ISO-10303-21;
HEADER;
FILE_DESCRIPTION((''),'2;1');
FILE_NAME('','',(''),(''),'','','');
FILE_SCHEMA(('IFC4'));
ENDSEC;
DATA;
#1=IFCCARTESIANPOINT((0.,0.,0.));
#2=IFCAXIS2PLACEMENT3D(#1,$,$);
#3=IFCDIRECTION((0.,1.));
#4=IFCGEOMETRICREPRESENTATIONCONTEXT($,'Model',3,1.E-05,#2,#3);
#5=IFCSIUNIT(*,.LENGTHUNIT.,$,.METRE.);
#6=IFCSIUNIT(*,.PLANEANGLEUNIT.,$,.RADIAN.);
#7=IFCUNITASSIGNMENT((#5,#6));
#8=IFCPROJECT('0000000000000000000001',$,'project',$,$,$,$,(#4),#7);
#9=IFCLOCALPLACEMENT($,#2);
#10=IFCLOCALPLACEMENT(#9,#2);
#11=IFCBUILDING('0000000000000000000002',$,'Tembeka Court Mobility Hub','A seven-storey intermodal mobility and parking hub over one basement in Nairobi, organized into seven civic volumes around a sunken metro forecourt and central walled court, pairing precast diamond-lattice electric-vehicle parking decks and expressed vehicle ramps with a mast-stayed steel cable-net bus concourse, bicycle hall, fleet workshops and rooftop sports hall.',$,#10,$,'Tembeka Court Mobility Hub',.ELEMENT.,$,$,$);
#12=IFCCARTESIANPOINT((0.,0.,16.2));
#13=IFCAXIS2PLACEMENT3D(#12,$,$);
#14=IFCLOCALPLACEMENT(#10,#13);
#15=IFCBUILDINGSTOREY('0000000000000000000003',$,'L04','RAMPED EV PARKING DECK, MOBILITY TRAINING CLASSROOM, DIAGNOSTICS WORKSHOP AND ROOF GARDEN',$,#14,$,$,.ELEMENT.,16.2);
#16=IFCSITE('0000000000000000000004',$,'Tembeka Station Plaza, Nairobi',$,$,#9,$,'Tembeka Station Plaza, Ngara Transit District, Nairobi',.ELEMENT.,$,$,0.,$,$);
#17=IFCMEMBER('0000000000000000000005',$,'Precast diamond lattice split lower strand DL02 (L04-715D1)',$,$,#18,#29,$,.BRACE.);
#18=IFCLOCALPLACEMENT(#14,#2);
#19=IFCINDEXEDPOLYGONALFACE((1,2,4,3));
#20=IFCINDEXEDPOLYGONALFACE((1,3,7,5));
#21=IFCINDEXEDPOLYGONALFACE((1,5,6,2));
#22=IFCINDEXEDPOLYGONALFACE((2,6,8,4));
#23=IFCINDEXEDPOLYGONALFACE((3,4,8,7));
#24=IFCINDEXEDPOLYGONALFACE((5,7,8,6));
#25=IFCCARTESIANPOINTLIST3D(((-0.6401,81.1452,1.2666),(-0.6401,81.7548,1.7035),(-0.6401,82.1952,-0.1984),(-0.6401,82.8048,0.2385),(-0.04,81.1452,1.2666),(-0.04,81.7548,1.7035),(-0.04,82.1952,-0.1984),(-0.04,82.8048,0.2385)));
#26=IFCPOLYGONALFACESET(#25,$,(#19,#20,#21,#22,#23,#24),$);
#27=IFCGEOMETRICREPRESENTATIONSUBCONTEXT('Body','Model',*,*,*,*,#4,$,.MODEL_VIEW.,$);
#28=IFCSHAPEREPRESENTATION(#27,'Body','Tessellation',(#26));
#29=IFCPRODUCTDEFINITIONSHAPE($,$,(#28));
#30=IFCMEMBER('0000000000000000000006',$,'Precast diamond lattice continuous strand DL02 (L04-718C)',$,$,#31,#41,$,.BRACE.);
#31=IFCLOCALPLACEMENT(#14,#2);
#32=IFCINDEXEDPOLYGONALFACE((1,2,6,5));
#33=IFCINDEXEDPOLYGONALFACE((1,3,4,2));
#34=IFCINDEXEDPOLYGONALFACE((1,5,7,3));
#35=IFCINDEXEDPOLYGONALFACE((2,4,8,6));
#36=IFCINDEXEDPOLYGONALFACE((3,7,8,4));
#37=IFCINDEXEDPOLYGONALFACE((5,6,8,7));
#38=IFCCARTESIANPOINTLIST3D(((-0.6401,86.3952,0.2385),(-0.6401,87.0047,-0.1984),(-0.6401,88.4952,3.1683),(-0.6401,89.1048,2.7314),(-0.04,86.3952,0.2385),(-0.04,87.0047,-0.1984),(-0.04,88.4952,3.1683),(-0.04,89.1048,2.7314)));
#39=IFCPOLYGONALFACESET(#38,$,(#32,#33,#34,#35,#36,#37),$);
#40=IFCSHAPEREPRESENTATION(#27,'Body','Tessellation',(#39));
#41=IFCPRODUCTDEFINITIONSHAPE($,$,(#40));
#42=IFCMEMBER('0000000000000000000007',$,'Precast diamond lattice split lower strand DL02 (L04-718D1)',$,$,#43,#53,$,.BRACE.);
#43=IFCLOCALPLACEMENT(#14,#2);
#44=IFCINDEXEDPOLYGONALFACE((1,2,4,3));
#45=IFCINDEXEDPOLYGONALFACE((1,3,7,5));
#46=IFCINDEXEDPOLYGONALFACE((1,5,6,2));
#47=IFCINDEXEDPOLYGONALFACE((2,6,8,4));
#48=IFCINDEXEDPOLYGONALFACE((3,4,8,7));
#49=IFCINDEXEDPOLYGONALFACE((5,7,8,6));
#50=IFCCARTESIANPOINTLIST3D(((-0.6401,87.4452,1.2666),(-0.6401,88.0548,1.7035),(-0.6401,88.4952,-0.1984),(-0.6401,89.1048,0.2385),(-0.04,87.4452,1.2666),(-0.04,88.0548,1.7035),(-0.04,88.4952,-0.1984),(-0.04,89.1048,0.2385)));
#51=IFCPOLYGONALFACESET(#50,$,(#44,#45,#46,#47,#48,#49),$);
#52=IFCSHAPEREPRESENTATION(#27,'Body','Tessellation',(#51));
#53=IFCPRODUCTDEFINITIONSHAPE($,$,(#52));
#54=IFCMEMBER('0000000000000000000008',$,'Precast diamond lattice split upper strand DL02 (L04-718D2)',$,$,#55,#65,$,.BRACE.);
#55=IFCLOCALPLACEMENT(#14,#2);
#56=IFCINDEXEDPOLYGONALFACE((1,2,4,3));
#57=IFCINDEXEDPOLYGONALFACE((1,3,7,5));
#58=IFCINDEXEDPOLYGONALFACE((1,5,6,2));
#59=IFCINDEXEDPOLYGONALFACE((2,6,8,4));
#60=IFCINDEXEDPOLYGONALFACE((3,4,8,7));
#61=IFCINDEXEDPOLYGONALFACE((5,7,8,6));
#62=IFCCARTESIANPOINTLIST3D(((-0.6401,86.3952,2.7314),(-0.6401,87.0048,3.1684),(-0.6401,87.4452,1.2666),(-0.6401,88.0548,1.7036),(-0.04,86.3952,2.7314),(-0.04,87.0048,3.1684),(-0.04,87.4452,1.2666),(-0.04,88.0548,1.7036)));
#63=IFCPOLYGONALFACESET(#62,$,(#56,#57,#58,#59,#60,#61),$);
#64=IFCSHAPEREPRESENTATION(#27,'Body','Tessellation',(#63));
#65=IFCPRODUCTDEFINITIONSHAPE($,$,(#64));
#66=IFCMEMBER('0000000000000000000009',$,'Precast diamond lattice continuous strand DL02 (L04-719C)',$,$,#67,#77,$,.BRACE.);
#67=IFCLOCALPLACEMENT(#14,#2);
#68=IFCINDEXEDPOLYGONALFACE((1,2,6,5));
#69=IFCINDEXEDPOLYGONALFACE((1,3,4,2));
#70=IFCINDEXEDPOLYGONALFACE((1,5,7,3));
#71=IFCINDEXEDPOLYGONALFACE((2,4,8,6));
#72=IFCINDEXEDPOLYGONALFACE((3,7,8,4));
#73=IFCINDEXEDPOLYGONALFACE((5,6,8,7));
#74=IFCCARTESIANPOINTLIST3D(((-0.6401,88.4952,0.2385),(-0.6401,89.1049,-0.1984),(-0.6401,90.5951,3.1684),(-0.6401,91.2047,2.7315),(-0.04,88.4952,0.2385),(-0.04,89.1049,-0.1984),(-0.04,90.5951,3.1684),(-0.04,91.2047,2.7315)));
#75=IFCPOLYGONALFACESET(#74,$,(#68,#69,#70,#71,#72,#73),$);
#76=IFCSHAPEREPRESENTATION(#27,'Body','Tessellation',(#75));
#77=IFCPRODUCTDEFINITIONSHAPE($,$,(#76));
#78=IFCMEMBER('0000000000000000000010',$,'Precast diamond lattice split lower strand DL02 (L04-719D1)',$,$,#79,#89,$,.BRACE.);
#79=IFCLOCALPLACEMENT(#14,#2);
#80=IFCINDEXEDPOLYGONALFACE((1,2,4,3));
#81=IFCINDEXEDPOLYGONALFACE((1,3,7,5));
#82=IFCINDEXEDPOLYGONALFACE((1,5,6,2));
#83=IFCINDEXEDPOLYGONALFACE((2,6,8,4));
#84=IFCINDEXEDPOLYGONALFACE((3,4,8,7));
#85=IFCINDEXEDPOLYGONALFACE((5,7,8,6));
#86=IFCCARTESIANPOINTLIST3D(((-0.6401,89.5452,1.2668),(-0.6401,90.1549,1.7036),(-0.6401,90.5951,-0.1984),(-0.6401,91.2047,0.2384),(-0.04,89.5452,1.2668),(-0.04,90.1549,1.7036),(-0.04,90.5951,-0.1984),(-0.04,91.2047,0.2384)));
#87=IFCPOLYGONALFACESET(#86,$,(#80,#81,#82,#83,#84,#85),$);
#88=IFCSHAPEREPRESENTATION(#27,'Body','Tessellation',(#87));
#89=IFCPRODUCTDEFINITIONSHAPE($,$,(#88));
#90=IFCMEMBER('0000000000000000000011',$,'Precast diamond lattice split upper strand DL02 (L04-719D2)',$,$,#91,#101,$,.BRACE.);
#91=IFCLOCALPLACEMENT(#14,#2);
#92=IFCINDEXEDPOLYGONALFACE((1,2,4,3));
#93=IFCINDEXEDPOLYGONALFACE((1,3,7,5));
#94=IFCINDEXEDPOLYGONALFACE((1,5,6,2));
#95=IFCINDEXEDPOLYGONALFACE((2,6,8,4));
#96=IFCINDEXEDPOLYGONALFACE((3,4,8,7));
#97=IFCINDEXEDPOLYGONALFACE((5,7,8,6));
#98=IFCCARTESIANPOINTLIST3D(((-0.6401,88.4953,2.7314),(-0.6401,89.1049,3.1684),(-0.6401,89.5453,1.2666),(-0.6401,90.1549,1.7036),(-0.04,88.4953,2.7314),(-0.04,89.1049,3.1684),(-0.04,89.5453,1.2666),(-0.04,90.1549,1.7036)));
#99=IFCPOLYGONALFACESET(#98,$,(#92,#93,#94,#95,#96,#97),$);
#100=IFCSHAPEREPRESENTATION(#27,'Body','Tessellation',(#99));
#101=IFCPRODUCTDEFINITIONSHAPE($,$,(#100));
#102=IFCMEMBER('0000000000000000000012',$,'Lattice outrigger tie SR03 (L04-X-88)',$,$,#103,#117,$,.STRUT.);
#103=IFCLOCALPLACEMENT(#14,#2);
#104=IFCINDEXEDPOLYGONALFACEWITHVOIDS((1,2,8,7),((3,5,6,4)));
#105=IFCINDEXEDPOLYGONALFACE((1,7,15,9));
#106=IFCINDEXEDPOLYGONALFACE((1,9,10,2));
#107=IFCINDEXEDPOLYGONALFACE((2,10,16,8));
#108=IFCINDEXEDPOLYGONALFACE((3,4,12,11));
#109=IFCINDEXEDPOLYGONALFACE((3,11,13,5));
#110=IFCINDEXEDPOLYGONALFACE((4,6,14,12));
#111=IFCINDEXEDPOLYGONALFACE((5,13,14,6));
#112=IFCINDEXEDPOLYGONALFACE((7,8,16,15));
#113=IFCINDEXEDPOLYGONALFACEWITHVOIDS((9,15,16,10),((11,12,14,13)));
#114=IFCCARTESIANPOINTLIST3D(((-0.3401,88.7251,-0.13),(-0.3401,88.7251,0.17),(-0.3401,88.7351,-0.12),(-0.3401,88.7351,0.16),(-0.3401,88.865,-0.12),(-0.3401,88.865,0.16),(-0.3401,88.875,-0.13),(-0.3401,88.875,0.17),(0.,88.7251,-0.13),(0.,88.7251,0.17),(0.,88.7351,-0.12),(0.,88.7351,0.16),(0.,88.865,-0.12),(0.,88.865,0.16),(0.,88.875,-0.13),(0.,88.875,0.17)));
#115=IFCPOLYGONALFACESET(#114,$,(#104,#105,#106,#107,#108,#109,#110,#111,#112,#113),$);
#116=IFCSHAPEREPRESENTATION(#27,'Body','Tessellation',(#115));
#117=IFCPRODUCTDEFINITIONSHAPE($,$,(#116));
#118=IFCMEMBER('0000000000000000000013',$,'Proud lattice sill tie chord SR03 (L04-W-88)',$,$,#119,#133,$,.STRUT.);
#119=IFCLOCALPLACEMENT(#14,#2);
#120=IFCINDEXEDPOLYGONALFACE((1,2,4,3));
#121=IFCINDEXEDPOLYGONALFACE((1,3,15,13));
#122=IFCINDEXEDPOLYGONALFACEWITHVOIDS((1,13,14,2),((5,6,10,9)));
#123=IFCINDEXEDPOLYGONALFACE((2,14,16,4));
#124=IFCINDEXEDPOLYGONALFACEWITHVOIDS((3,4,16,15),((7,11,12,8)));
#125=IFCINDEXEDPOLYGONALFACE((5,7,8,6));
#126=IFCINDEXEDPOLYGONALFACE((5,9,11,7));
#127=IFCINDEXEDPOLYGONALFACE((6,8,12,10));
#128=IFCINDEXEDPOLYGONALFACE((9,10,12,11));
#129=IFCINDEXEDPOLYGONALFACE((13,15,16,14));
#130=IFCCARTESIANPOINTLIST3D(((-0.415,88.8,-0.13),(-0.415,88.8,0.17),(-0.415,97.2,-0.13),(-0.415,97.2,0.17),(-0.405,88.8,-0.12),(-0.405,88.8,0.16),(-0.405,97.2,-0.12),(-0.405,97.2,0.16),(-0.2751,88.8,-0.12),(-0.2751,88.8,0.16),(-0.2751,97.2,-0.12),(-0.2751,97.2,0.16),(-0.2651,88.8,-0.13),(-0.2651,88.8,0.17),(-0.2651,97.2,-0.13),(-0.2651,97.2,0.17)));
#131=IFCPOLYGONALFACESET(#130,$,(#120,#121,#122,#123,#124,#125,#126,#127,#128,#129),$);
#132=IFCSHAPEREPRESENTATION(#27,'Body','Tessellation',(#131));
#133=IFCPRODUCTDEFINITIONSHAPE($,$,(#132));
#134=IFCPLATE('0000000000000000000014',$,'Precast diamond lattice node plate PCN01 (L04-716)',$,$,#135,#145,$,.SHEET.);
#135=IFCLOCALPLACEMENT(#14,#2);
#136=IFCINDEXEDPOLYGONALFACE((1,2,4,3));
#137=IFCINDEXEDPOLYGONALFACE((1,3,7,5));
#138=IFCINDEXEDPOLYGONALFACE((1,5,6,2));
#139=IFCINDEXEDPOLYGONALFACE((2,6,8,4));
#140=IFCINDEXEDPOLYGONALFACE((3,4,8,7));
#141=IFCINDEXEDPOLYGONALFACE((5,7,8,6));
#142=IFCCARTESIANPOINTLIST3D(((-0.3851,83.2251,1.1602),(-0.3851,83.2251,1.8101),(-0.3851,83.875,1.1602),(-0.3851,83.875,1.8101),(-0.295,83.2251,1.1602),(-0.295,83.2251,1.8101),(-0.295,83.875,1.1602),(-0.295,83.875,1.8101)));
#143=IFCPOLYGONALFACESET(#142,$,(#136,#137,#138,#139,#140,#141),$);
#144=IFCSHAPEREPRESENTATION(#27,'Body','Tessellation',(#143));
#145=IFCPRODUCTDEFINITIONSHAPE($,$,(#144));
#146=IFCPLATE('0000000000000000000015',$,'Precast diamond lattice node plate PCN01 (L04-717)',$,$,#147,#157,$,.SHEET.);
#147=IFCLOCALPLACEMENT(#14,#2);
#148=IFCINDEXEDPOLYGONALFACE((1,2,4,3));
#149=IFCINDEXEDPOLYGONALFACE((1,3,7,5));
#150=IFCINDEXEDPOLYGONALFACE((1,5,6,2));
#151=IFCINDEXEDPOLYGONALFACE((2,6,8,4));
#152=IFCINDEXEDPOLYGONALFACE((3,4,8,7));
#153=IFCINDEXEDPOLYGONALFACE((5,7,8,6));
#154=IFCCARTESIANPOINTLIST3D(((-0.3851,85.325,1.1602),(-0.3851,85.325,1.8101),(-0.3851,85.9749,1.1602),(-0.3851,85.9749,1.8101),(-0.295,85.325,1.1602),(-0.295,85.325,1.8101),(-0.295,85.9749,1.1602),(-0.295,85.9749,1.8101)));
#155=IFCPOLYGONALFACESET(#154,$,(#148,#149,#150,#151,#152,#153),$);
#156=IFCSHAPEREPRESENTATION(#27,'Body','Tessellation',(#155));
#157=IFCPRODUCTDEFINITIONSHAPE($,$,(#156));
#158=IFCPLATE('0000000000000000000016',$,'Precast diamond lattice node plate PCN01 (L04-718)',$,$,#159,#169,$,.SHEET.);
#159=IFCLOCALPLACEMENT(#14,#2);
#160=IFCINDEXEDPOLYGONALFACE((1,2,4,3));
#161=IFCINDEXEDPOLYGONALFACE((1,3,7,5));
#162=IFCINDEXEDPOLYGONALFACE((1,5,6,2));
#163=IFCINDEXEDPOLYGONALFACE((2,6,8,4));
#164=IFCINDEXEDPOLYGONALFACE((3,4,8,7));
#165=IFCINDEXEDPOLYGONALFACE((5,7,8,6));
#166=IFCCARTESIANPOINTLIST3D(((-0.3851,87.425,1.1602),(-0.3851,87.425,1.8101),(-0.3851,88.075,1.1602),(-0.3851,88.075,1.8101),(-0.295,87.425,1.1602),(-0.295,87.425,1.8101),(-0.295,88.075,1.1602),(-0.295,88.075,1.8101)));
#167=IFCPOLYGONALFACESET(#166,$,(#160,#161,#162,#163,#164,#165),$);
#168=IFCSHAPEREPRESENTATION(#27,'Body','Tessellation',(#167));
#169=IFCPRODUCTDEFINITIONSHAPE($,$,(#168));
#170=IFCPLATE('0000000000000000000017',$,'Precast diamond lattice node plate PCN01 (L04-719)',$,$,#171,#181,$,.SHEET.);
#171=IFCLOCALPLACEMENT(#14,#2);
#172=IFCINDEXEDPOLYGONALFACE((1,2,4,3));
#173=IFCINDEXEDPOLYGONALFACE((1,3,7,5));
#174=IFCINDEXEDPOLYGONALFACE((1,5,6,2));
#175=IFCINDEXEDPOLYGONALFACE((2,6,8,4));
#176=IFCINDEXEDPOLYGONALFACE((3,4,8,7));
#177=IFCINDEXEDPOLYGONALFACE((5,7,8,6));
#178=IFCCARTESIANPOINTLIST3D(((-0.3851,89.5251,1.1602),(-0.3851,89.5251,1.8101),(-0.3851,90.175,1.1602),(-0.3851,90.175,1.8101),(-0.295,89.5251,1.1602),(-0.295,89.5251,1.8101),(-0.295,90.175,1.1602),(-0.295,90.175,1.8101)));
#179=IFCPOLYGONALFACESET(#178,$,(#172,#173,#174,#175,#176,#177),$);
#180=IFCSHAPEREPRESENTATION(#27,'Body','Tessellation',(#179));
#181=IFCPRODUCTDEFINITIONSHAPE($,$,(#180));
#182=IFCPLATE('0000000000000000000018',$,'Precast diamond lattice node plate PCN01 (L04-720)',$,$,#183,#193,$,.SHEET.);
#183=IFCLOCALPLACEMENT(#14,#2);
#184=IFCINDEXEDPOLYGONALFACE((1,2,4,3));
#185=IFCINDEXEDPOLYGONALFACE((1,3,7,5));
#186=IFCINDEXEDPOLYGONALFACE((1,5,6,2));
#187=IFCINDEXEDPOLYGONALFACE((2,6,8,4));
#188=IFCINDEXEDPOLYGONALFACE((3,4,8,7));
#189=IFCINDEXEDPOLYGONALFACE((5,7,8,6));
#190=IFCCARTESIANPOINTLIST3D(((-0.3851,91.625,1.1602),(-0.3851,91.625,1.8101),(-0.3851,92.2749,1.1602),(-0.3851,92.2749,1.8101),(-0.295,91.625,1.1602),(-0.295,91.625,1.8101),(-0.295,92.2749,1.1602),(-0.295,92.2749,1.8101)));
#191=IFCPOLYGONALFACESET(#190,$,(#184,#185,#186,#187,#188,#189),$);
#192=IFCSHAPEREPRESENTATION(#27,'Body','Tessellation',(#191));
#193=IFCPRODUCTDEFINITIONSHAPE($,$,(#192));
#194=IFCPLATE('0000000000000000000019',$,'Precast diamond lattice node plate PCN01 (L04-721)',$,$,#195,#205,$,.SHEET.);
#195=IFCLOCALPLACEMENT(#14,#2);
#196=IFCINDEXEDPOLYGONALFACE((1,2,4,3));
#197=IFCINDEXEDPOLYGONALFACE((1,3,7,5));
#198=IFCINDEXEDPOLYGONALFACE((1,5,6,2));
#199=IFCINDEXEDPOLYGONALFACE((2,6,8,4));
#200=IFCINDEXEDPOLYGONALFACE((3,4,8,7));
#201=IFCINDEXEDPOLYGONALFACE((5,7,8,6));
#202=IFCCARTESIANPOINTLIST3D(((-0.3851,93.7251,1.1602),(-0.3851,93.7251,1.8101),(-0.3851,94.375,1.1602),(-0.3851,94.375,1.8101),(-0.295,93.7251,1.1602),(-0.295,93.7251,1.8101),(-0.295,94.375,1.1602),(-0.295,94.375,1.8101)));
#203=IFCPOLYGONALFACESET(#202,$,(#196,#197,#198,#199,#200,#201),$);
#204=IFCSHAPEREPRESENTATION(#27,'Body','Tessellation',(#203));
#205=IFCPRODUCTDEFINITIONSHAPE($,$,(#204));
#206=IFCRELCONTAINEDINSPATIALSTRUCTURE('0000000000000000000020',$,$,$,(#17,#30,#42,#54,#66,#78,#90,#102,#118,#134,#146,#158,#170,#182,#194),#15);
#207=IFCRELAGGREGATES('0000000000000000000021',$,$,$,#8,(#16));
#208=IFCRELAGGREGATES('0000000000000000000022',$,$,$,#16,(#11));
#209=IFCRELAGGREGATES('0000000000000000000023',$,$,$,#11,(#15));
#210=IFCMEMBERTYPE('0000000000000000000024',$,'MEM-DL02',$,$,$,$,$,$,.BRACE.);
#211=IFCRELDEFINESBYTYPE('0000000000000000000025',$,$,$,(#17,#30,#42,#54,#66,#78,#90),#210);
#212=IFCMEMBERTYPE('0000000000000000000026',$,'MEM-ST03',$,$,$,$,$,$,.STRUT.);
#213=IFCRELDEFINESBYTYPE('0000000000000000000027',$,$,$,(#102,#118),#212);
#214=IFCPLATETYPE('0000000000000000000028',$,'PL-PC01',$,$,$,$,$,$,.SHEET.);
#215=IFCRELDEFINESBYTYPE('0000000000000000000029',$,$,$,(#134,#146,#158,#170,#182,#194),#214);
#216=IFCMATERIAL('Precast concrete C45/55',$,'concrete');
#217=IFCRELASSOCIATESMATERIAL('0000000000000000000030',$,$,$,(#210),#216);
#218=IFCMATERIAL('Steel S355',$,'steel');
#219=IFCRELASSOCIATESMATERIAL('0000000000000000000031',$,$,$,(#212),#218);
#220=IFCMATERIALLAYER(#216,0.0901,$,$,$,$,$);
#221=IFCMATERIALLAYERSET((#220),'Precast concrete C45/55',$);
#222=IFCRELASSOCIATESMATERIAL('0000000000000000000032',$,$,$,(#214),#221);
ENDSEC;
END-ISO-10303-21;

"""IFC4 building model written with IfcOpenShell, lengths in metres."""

from ifc_helpers import new_model, si_unit, direction, frame, origin, origin_2d, place, context, subcontext, project, spatial, rectangle, hollow_rectangle, extrude, material, layer, layer_set, material_profile, profile_set, type_object, element, save


model = new_model("IFC4")

# Units and contexts
model_context = context("Model", 3, precision=1e-05, world=origin(), true_north=direction((0.0, 1.0)))
body_context = subcontext(model_context, "Body", "Model", "MODEL_VIEW")
ifc_project = project(units=[si_unit("LENGTHUNIT", "METRE"), si_unit("PLANEANGLEUNIT", "RADIAN")], contexts=[model_context])

# Site, building, storey
site_placement = place(None, origin())
site = spatial("IfcSite", under=ifc_project, at=site_placement, Name="Tembeka Station Plaza, Nairobi", LongName="Tembeka Station Plaza, Ngara Transit District, Nairobi", CompositionType="ELEMENT", RefElevation=0.0)
building_placement = place(site_placement, origin())
building = spatial("IfcBuilding", under=site, at=building_placement, Name="Tembeka Court Mobility Hub", Description="A seven-storey intermodal mobility and parking hub over one basement in Nairobi, organized into seven civic volumes around a sunken metro forecourt and central walled court, pairing precast diamond-lattice electric-vehicle parking decks and expressed vehicle ramps with a mast-stayed steel cable-net bus concourse, bicycle hall, fleet workshops and rooftop sports hall.", LongName="Tembeka Court Mobility Hub", CompositionType="ELEMENT")
storey_placement = place(building_placement, frame((0.0, 0.0, 16.2)))
storey = spatial("IfcBuildingStorey", under=building, at=storey_placement, Name="L04", Description="RAMPED EV PARKING DECK, MOBILITY TRAINING CLASSROOM, DIAGNOSTICS WORKSHOP AND ROOF GARDEN", CompositionType="ELEMENT", Elevation=16.2)

# Shared definitions
ifc_material_1 = material(Name="Steel S355", Category="steel")

# Members
ifc_material_2 = material(Name="Precast concrete C45/55", Category="concrete")
ifc_material_profile_1 = material_profile(ifc_material_2, rectangle(XDim=0.6001, YDim=0.75, at=origin_2d()), Name="PC-DIAG 600x750")
ifc_profile_set_1 = profile_set([ifc_material_profile_1], Name="Precast concrete C45/55")
member_type_1 = type_object("IfcMemberType", Name="MEM-DL02", PredefinedType="BRACE", material=ifc_profile_set_1)
member_1_placement = place(storey_placement, frame((-0.3401, 82.5, 0.02), z_axis=(0.0, -0.582544, 0.812799), x_axis=(1.0, 0.0, 0.0)))
element("IfcMember", 1, at=member_1_placement, inside=storey, type_object=member_type_1, Name="Precast diamond lattice split lower strand DL02 (L04-715D1)", PredefinedType="BRACE", context=body_context, shape_type="SweptSolid", body=[
    extrude(rectangle(XDim=0.6001, YDim=0.75, at=origin_2d()), origin(), (0.0, 0.0, 1.0), 1.8025),
])
member_2_placement = place(storey_placement, frame((-0.3401, 86.7, 0.02), z_axis=(0.0, 0.582576, 0.812776), x_axis=(-1.0, 0.0, 0.0)))
element("IfcMember", 2, at=member_2_placement, inside=storey, type_object=member_type_1, Name="Precast diamond lattice continuous strand DL02 (L04-718C)", PredefinedType="BRACE", context=body_context, shape_type="SweptSolid", body=[
    extrude(rectangle(XDim=0.6001, YDim=0.75, at=origin_2d()), origin(), (0.0, 0.0, 1.0), 3.6047),
])
member_3_placement = place(storey_placement, frame((-0.3401, 88.8, 0.02), z_axis=(0.0, -0.582544, 0.812799), x_axis=(1.0, 0.0, 0.0)))
element("IfcMember", 3, at=member_3_placement, inside=storey, type_object=member_type_1, Name="Precast diamond lattice split lower strand DL02 (L04-718D1)", PredefinedType="BRACE", context=body_context, shape_type="SweptSolid", body=[
    extrude(rectangle(XDim=0.6001, YDim=0.75, at=origin_2d()), origin(), (0.0, 0.0, 1.0), 1.8025),
])
member_4_placement = place(storey_placement, frame((-0.3401, 87.75, 1.4851), z_axis=(0.0, -0.582608, 0.812753), x_axis=(1.0, 0.0, 0.0)))
element("IfcMember", 4, at=member_4_placement, inside=storey, type_object=member_type_1, Name="Precast diamond lattice split upper strand DL02 (L04-718D2)", PredefinedType="BRACE", context=body_context, shape_type="SweptSolid", body=[
    extrude(rectangle(XDim=0.6001, YDim=0.75, at=origin_2d()), origin(), (0.0, 0.0, 1.0), 1.8022),
])
member_5_placement = place(storey_placement, frame((-0.3401, 88.8, 0.02), z_axis=(0.0, 0.582532, 0.812808), x_axis=(-1.0, 0.0, 0.0)))
element("IfcMember", 5, at=member_5_placement, inside=storey, type_object=member_type_1, Name="Precast diamond lattice continuous strand DL02 (L04-719C)", PredefinedType="BRACE", context=body_context, shape_type="SweptSolid", body=[
    extrude(rectangle(XDim=0.6001, YDim=0.75, at=origin_2d()), origin(), (0.0, 0.0, 1.0), 3.6047),
])
member_6_placement = place(storey_placement, frame((-0.3401, 90.8999, 0.02), z_axis=(0.0, -0.582455, 0.812863), x_axis=(1.0, 0.0, 0.0)))
element("IfcMember", 6, at=member_6_placement, inside=storey, type_object=member_type_1, Name="Precast diamond lattice split lower strand DL02 (L04-719D1)", PredefinedType="BRACE", context=body_context, shape_type="SweptSolid", body=[
    extrude(rectangle(XDim=0.6001, YDim=0.75, at=origin_2d()), origin(), (0.0, 0.0, 1.0), 1.8025),
])
member_7_placement = place(storey_placement, frame((-0.3401, 89.8501, 1.4851), z_axis=(0.0, -0.582608, 0.812753), x_axis=(1.0, 0.0, 0.0)))
element("IfcMember", 7, at=member_7_placement, inside=storey, type_object=member_type_1, Name="Precast diamond lattice split upper strand DL02 (L04-719D2)", PredefinedType="BRACE", context=body_context, shape_type="SweptSolid", body=[
    extrude(rectangle(XDim=0.6001, YDim=0.75, at=origin_2d()), origin(), (0.0, 0.0, 1.0), 1.8022),
])
ifc_material_profile_2 = material_profile(ifc_material_1, hollow_rectangle(XDim=0.1499, YDim=0.3, WallThickness=0.01, at=origin_2d()), Name="RHS 300x150x10")
ifc_profile_set_2 = profile_set([ifc_material_profile_2], Name="Steel S355")
member_type_2 = type_object("IfcMemberType", Name="MEM-ST03", PredefinedType="STRUT", material=ifc_profile_set_2)
member_8_placement = place(storey_placement, frame((0.0, 88.8, 0.02), z_axis=(-1.0, 0.0, 0.0), x_axis=(0.0, -1.0, 0.0)))
element("IfcMember", 8, at=member_8_placement, inside=storey, type_object=member_type_2, Name="Lattice outrigger tie SR03 (L04-X-88)", PredefinedType="STRUT", context=body_context, shape_type="SweptSolid", body=[
    extrude(hollow_rectangle(XDim=0.1499, YDim=0.3, WallThickness=0.01, at=origin_2d()), origin(), (0.0, 0.0, 1.0), 0.3401),
])
member_9_placement = place(storey_placement, frame((-0.3401, 88.8, 0.02), z_axis=(0.0, 1.0, 0.0), x_axis=(-1.0, 0.0, 0.0)))
element("IfcMember", 9, at=member_9_placement, inside=storey, type_object=member_type_2, Name="Proud lattice sill tie chord SR03 (L04-W-88)", PredefinedType="STRUT", context=body_context, shape_type="SweptSolid", body=[
    extrude(hollow_rectangle(XDim=0.1499, YDim=0.3, WallThickness=0.01, at=origin_2d()), origin(), (0.0, 0.0, 1.0), 8.3999),
])

# Plates
ifc_layer = layer(ifc_material_2, 0.0901)
ifc_layer_set = layer_set([ifc_layer], Name="Precast concrete C45/55")
plate_type = type_object("IfcPlateType", Name="PL-PC01", PredefinedType="SHEET", material=ifc_layer_set)
for number, where, z_axis, x_axis, name in (
    (10, (-0.3401, 83.55, 1.1602), (0.0, 0.0, 1.0), (1.0, 0.0, 0.0), "Precast diamond lattice node plate PCN01 (L04-716)"),
    (11, (-0.3401, 85.6499, 1.1602), (0.0, 0.0, 1.0), (1.0, 0.0, 0.0), "Precast diamond lattice node plate PCN01 (L04-717)"),
    (12, (-0.3401, 87.75, 1.1602), (0.0, 0.0, 1.0), (1.0, 0.0, 0.0), "Precast diamond lattice node plate PCN01 (L04-718)"),
    (13, (-0.3401, 89.8501, 1.1602), (0.0, 0.0, 1.0), (1.0, 0.0, 0.0), "Precast diamond lattice node plate PCN01 (L04-719)"),
    (14, (-0.3401, 91.95, 1.1602), (0.0, 0.0, 1.0), (1.0, 0.0, 0.0), "Precast diamond lattice node plate PCN01 (L04-720)"),
    (15, (-0.3401, 94.05, 1.1602), (0.0, 0.0, 1.0), (1.0, 0.0, 0.0), "Precast diamond lattice node plate PCN01 (L04-721)"),
):
    element("IfcPlate", number, at=place(storey_placement, frame(where, z_axis=z_axis, x_axis=x_axis)), inside=storey, type_object=plate_type, Name=name, PredefinedType="SHEET", context=body_context, shape_type="SweptSolid", body=[
        extrude(rectangle(XDim=0.0901, YDim=0.6499, at=origin_2d()), origin(), (0.0, 0.0, 1.0), 0.6499),
    ])

save(model, "model.ifc")
